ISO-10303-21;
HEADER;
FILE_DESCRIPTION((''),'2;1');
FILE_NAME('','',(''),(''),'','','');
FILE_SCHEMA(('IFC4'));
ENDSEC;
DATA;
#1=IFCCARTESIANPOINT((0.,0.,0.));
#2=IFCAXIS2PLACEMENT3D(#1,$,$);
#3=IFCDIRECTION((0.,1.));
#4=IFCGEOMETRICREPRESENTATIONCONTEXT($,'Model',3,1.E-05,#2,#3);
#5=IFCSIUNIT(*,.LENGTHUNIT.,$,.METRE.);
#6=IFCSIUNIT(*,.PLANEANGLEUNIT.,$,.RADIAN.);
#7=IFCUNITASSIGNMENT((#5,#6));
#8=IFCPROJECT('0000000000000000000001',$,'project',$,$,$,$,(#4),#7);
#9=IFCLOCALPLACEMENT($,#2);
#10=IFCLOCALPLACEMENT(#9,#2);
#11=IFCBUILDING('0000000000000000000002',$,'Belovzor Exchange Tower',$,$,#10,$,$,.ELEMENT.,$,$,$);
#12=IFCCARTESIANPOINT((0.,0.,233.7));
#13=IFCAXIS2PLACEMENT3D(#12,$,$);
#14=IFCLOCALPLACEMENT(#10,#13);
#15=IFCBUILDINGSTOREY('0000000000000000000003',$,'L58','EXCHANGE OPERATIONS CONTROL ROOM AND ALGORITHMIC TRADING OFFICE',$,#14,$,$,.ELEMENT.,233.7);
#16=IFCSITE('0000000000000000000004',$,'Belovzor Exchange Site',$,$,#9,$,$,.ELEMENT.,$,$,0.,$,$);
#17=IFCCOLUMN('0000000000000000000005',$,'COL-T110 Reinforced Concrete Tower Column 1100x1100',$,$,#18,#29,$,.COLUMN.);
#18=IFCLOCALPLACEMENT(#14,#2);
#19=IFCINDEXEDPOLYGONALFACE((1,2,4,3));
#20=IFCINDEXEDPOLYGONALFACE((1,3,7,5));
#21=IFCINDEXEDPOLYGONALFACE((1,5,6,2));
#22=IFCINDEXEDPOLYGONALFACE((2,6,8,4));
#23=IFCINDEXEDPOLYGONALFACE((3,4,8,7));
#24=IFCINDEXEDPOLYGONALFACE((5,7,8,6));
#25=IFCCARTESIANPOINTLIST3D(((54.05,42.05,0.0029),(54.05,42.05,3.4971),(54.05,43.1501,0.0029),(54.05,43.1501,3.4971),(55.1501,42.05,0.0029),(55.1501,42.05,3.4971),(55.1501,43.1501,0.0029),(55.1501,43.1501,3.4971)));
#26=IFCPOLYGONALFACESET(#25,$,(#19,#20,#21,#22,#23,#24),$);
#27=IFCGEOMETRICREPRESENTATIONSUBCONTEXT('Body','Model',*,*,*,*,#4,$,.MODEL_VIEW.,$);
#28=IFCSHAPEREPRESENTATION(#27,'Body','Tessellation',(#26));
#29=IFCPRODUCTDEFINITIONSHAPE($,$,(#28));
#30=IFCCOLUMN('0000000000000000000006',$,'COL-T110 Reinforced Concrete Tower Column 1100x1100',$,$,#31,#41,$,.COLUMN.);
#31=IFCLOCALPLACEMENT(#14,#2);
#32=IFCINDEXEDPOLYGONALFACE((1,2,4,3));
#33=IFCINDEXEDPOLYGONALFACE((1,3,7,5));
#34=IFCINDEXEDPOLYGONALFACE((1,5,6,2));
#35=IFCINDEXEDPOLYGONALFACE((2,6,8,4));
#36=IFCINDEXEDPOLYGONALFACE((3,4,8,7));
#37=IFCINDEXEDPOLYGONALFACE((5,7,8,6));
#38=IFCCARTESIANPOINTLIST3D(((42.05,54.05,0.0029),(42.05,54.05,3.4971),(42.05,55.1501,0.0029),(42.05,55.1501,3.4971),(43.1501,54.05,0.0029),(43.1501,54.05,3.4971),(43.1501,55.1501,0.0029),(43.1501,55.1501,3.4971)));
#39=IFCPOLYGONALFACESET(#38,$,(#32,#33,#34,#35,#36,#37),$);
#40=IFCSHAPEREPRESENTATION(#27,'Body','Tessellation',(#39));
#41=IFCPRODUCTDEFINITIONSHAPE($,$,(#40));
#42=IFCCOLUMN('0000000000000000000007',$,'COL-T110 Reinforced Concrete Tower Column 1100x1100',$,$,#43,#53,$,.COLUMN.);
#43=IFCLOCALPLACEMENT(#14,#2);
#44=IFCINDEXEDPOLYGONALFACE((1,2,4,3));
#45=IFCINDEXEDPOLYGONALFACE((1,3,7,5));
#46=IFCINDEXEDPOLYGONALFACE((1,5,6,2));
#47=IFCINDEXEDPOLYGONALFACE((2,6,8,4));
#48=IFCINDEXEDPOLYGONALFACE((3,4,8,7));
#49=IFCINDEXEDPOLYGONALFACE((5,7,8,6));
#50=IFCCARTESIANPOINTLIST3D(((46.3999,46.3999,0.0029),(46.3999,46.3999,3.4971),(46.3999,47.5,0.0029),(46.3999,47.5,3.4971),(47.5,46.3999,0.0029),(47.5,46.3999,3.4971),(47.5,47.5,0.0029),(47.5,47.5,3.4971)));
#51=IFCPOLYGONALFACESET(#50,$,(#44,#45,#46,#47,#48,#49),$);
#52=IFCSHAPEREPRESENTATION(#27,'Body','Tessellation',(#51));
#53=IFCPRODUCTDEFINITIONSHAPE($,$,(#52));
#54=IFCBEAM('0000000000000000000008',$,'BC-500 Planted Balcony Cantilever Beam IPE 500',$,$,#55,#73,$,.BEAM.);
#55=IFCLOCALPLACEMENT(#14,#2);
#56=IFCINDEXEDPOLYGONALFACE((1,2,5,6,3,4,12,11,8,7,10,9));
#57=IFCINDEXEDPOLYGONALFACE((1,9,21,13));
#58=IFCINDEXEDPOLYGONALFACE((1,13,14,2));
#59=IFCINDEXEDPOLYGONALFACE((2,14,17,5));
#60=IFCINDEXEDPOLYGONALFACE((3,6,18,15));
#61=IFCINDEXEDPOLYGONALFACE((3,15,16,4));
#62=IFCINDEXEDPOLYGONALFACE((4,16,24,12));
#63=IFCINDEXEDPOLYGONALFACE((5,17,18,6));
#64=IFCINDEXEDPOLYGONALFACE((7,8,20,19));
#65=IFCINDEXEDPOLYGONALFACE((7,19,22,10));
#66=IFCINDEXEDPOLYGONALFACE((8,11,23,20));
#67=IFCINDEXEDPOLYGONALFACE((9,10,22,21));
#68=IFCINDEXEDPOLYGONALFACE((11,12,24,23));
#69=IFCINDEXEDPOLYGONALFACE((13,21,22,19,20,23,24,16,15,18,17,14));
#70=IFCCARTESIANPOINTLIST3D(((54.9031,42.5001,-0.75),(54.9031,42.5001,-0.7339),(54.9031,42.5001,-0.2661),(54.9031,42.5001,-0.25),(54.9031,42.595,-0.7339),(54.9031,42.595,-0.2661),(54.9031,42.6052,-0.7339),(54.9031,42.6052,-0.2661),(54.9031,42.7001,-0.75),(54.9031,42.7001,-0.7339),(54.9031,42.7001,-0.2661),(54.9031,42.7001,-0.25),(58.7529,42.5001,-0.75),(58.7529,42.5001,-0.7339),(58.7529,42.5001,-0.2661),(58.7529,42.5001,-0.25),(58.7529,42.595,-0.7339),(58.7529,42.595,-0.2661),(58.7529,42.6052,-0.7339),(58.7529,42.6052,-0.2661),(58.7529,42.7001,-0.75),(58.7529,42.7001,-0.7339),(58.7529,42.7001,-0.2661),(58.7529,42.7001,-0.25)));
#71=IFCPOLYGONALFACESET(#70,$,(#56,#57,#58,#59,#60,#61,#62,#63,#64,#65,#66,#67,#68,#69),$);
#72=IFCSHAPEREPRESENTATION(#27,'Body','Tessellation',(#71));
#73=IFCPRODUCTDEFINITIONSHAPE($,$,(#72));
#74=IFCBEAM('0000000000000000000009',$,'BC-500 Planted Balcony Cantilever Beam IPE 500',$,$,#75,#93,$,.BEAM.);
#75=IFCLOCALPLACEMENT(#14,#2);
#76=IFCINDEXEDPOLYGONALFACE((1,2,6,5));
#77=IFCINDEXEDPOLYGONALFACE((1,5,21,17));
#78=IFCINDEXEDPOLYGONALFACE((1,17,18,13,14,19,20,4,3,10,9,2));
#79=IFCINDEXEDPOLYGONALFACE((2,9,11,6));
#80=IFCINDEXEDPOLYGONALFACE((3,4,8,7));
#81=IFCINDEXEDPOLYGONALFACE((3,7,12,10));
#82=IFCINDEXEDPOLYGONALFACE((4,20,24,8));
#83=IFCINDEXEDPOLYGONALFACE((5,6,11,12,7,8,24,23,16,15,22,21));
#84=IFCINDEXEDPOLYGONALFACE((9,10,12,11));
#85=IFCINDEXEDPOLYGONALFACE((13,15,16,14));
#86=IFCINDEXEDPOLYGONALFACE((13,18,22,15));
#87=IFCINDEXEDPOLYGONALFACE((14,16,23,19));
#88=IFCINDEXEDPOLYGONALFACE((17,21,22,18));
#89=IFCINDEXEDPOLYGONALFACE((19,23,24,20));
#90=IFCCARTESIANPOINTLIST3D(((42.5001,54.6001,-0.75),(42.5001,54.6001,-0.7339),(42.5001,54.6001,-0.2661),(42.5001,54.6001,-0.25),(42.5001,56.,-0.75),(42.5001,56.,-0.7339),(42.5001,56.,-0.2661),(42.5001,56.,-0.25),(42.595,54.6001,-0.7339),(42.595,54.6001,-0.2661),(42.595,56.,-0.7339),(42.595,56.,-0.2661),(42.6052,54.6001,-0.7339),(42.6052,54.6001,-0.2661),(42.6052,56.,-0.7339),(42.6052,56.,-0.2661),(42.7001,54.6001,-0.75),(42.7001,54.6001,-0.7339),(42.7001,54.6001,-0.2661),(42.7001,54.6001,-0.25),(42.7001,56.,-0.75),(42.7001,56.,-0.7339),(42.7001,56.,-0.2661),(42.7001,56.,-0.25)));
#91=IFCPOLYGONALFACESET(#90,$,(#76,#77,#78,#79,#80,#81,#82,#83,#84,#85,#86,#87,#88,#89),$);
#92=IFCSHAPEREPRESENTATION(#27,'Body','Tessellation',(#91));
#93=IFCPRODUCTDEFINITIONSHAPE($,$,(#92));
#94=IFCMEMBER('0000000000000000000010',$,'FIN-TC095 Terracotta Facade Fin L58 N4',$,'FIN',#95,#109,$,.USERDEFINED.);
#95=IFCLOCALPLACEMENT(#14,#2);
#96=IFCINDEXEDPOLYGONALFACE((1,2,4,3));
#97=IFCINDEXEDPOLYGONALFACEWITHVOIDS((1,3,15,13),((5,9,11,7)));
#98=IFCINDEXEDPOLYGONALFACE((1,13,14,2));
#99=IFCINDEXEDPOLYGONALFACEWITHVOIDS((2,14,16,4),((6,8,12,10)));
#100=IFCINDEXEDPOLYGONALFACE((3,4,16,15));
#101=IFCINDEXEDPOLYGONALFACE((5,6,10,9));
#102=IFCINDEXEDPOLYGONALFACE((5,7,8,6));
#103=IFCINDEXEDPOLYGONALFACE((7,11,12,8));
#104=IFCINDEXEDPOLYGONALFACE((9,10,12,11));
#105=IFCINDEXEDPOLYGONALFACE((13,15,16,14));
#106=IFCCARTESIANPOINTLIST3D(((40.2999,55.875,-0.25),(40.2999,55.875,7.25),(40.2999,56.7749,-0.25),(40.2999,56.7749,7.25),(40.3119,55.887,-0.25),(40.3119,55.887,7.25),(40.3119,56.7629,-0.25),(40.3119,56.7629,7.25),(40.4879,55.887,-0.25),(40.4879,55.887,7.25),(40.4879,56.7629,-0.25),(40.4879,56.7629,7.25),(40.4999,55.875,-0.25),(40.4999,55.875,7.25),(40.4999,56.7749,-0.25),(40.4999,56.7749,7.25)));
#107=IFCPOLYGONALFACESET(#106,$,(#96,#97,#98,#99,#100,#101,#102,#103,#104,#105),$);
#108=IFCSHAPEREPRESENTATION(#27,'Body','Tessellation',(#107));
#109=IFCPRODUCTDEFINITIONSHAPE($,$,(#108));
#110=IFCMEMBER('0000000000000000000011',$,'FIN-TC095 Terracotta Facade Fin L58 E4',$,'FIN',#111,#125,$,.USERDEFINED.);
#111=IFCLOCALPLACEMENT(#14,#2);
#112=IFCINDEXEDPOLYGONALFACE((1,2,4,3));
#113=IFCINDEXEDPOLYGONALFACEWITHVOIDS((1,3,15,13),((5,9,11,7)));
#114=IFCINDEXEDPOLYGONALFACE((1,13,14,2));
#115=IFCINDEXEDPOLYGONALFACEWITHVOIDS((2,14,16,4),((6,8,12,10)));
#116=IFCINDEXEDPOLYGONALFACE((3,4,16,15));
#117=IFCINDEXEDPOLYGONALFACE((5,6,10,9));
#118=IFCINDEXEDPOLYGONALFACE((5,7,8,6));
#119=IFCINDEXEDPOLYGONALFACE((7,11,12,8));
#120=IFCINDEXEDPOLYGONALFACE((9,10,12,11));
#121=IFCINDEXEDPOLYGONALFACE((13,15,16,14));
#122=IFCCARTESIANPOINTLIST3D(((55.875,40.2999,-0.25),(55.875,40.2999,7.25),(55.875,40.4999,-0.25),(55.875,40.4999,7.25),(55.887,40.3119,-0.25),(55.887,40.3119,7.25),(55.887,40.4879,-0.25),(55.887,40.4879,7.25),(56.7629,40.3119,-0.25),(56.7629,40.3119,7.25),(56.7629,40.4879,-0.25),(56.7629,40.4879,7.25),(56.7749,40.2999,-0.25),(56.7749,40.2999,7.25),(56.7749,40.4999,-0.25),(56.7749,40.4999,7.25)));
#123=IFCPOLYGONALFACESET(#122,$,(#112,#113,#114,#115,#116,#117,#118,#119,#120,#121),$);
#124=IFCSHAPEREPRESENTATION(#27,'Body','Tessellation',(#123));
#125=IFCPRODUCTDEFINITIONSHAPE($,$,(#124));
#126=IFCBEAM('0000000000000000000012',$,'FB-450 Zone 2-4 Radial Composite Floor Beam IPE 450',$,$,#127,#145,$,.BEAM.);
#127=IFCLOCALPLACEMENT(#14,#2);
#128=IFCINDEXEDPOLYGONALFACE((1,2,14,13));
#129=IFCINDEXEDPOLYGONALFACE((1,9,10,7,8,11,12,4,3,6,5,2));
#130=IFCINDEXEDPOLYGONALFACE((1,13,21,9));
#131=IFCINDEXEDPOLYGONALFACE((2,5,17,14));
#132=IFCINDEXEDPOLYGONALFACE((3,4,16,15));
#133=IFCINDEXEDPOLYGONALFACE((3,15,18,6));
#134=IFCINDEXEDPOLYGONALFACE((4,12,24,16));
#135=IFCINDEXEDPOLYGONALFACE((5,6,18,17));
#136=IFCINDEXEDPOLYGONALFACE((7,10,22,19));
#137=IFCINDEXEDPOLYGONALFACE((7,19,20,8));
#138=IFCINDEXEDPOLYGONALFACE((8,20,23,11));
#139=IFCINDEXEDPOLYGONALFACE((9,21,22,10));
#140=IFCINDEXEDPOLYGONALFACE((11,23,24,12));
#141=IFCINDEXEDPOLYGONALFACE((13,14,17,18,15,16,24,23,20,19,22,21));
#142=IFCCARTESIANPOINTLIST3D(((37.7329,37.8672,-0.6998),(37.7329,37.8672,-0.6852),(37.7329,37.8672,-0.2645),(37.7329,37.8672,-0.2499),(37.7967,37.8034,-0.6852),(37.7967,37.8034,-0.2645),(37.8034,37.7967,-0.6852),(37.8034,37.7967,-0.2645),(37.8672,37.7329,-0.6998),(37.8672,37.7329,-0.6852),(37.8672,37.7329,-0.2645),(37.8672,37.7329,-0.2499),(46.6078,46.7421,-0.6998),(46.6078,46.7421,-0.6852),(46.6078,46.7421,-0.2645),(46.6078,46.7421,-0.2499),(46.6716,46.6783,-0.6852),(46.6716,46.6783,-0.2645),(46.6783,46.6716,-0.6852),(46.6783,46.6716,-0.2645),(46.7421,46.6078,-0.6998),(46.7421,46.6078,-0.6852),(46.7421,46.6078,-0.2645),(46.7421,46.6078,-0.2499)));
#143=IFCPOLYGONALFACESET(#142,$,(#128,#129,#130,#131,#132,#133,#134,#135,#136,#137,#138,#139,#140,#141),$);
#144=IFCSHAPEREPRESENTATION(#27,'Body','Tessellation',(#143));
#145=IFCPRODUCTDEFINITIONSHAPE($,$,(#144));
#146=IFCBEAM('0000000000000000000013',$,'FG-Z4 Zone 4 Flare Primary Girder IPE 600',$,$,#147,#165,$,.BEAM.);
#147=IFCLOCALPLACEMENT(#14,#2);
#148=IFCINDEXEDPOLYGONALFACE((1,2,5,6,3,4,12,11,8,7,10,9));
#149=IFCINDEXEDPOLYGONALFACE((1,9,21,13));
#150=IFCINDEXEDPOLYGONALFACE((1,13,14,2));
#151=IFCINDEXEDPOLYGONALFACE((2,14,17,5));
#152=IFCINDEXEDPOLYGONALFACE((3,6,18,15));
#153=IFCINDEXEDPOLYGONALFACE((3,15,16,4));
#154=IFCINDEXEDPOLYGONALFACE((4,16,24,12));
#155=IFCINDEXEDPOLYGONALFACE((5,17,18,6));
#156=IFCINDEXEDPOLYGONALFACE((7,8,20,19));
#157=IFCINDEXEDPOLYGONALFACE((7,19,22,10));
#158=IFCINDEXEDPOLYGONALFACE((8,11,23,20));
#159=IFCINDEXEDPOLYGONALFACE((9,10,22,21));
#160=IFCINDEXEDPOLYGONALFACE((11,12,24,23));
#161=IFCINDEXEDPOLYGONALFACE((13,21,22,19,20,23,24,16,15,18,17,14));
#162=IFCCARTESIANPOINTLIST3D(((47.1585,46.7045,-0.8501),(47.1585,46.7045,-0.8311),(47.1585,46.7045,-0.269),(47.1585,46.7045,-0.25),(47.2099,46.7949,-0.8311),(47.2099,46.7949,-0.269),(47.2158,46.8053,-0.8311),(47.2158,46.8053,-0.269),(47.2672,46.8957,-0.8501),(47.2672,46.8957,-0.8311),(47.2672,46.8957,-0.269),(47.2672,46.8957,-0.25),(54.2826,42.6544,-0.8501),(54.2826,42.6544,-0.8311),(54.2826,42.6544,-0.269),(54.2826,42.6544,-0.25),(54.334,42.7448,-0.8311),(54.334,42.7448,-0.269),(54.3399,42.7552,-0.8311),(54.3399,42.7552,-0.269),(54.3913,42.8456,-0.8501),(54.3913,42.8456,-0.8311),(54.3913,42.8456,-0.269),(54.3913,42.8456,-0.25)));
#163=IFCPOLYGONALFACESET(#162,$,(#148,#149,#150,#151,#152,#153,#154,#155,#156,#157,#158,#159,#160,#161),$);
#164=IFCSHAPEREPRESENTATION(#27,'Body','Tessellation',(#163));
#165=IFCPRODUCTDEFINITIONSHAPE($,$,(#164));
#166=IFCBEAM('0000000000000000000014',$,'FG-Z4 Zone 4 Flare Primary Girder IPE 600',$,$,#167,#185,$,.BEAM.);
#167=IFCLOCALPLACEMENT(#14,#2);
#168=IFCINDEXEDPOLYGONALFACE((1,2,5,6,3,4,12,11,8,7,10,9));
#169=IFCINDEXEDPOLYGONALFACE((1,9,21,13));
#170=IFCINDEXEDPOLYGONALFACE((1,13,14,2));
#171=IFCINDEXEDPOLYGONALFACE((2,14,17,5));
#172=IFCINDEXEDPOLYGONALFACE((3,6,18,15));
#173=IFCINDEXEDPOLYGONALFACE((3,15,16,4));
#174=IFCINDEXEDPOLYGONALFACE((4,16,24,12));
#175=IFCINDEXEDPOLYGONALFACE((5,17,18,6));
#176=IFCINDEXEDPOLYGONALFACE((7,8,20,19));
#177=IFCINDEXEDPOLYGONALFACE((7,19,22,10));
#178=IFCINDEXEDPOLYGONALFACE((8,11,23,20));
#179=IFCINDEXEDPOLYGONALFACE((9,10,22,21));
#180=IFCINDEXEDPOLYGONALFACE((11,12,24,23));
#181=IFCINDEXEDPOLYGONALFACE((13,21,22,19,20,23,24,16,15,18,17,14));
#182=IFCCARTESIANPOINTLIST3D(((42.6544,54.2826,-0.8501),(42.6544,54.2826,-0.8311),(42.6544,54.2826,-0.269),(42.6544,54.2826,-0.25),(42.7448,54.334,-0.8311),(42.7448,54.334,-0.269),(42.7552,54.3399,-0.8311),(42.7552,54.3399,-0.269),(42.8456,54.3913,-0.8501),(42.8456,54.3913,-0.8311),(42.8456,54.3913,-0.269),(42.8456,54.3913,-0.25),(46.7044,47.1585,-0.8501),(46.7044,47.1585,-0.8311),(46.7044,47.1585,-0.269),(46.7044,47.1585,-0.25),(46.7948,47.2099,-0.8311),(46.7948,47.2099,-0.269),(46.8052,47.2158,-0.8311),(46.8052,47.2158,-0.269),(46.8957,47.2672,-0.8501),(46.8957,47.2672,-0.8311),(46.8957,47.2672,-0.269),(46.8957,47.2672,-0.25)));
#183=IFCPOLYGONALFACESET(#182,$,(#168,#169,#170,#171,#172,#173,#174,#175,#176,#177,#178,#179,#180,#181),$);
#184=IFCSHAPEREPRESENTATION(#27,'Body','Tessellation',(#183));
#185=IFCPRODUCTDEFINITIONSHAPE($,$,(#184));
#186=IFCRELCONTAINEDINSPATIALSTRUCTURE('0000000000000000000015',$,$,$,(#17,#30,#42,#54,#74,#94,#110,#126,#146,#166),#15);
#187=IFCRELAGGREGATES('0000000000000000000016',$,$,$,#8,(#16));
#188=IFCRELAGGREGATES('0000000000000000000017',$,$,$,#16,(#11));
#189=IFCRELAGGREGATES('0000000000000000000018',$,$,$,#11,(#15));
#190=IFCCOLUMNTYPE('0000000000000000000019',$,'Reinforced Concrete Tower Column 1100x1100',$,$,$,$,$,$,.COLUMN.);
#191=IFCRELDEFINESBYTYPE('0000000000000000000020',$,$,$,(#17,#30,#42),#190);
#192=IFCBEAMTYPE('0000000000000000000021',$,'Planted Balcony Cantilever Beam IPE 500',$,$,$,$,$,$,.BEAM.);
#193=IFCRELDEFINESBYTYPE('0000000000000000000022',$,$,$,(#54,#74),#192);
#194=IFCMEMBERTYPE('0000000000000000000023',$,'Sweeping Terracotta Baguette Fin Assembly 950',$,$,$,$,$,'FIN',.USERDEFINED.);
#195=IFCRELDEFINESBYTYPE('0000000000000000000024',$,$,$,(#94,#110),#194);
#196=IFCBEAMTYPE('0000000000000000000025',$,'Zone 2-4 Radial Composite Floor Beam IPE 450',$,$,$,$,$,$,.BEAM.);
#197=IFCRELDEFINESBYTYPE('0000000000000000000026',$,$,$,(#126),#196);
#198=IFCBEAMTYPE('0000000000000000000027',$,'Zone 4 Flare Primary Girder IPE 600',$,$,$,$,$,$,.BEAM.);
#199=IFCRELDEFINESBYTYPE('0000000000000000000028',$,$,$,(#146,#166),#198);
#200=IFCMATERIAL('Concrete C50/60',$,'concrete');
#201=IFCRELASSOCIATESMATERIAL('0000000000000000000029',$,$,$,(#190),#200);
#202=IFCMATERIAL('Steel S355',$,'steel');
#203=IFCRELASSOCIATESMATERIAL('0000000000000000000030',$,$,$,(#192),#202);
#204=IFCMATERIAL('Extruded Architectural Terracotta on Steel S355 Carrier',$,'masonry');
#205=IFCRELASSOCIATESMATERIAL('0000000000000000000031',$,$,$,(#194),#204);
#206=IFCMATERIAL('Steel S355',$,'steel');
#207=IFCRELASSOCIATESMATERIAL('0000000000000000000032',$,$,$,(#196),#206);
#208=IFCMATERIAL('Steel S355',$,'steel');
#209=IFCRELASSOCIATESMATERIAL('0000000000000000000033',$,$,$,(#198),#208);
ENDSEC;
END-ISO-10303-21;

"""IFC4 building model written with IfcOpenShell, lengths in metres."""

from ifc_helpers import new_model, si_unit, direction, frame, origin, origin_2d, place, context, subcontext, project, spatial, rectangle, hollow_rectangle, i_section, extrude, material, material_profile, profile_set, type_object, element, save


model = new_model("IFC4")

# Units and contexts
model_context = context("Model", 3, precision=1e-05, world=origin(), true_north=direction((0.0, 1.0)))
body_context = subcontext(model_context, "Body", "Model", "MODEL_VIEW")
ifc_project = project(units=[si_unit("LENGTHUNIT", "METRE"), si_unit("PLANEANGLEUNIT", "RADIAN")], contexts=[model_context])

# Site, building, storey
site_placement = place(None, origin())
site = spatial("IfcSite", under=ifc_project, at=site_placement, Name="Belovzor Exchange Site", CompositionType="ELEMENT", RefElevation=0.0)
building_placement = place(site_placement, origin())
building = spatial("IfcBuilding", under=site, at=building_placement, Name="Belovzor Exchange Tower", CompositionType="ELEMENT")
storey_placement = place(building_placement, frame((0.0, 0.0, 233.7)))
storey = spatial("IfcBuildingStorey", under=building, at=storey_placement, Name="L58", Description="EXCHANGE OPERATIONS CONTROL ROOM AND ALGORITHMIC TRADING OFFICE", CompositionType="ELEMENT", Elevation=233.7)

# Columns
ifc_material_1 = material(Name="Concrete C50/60", Category="concrete")
ifc_material_profile_1 = material_profile(ifc_material_1, rectangle(XDim=1.1001, YDim=1.1001, at=origin_2d()))
ifc_profile_set_1 = profile_set([ifc_material_profile_1], Name="Concrete C50/60")
column_type = type_object("IfcColumnType", Name="Reinforced Concrete Tower Column 1100x1100", PredefinedType="COLUMN", material=ifc_profile_set_1)
for number, where, z_axis, x_axis, name in (
    (1, (54.6001, 42.6001, 0.0029), (0.0, 0.0, 1.0), (1.0, 0.0, 0.0), "COL-T110 Reinforced Concrete Tower Column 1100x1100"),
    (2, (42.6001, 54.6001, 0.0029), (0.0, 0.0, 1.0), (1.0, 0.0, 0.0), "COL-T110 Reinforced Concrete Tower Column 1100x1100"),
    (3, (46.95, 46.95, 0.0029), (0.0, 0.0, 1.0), (1.0, 0.0, 0.0), "COL-T110 Reinforced Concrete Tower Column 1100x1100"),
):
    element("IfcColumn", number, at=place(storey_placement, frame(where, z_axis=z_axis, x_axis=x_axis)), inside=storey, type_object=column_type, Name=name, PredefinedType="COLUMN", context=body_context, shape_type="SweptSolid", body=[
        extrude(rectangle(XDim=1.1001, YDim=1.1001, at=origin_2d()), origin(), (0.0, 0.0, 1.0), 3.4941),
    ])

# Beams
ifc_material_2 = material(Name="Steel S355", Category="steel")
ifc_material_profile_2 = material_profile(ifc_material_2, i_section(OverallWidth=0.2, OverallDepth=0.5, WebThickness=0.0103, FlangeThickness=0.0161, at=origin_2d()))
ifc_profile_set_2 = profile_set([ifc_material_profile_2], Name="Steel S355")
beam_type_1 = type_object("IfcBeamType", Name="Planted Balcony Cantilever Beam IPE 500", PredefinedType="BEAM", material=ifc_profile_set_2)
beam_1_placement = place(storey_placement, frame((54.9031, 42.6001, -0.5), z_axis=(1.0, 0.0, 0.0), x_axis=(0.0, 1.0, 0.0)))
element("IfcBeam", 4, at=beam_1_placement, inside=storey, type_object=beam_type_1, Name="BC-500 Planted Balcony Cantilever Beam IPE 500", PredefinedType="BEAM", context=body_context, shape_type="SweptSolid", body=[
    extrude(i_section(OverallWidth=0.2, OverallDepth=0.5, WebThickness=0.0103, FlangeThickness=0.0161, at=origin_2d()), origin(), (0.0, 0.0, 1.0), 3.8499),
])
beam_2_placement = place(storey_placement, frame((42.6001, 54.6001, -0.5), z_axis=(0.0, 1.0, 0.0), x_axis=(-1.0, 0.0, 0.0)))
element("IfcBeam", 5, at=beam_2_placement, inside=storey, type_object=beam_type_1, Name="BC-500 Planted Balcony Cantilever Beam IPE 500", PredefinedType="BEAM", context=body_context, shape_type="SweptSolid", body=[
    extrude(i_section(OverallWidth=0.2, OverallDepth=0.5, WebThickness=0.0103, FlangeThickness=0.0161, at=origin_2d()), origin(), (0.0, 0.0, 1.0), 1.3999),
])

# Members
ifc_material_3 = material(Name="Extruded Architectural Terracotta on Steel S355 Carrier", Category="masonry")
ifc_material_profile_3 = material_profile(ifc_material_3, hollow_rectangle(XDim=0.2, YDim=0.8999, WallThickness=0.012, at=origin_2d()))
ifc_profile_set_3 = profile_set([ifc_material_profile_3], Name="Extruded Architectural Terracotta on Steel S355 Carrier")
member_type = type_object("IfcMemberType", Name="Sweeping Terracotta Baguette Fin Assembly 950", ElementType="FIN", PredefinedType="USERDEFINED", material=ifc_profile_set_3)
for number, where, z_axis, x_axis, name in (
    (6, (40.3999, 56.325, -0.25), (0.0, 0.0, 1.0), (1.0, 0.0, 0.0), "FIN-TC095 Terracotta Facade Fin L58 N4"),
    (7, (56.325, 40.3999, -0.25), (0.0, 0.0, 1.0), (0.0, 1.0, 0.0), "FIN-TC095 Terracotta Facade Fin L58 E4"),
):
    element("IfcMember", number, at=place(storey_placement, frame(where, z_axis=z_axis, x_axis=x_axis)), inside=storey, type_object=member_type, Name=name, ObjectType="FIN", PredefinedType="USERDEFINED", context=body_context, shape_type="SweptSolid", body=[
        extrude(hollow_rectangle(XDim=0.2, YDim=0.8999, WallThickness=0.012, at=origin_2d()), origin(), (0.0, 0.0, 1.0), 7.5),
    ])

# Beams
ifc_material_4 = material(Name="Steel S355", Category="steel")
ifc_material_profile_4 = material_profile(ifc_material_4, i_section(OverallWidth=0.1899, OverallDepth=0.45, WebThickness=0.0095, FlangeThickness=0.0146, at=origin_2d()))
ifc_profile_set_4 = profile_set([ifc_material_profile_4], Name="Steel S355")
beam_type_2 = type_object("IfcBeamType", Name="Zone 2-4 Radial Composite Floor Beam IPE 450", PredefinedType="BEAM", material=ifc_profile_set_4)
beam_3_placement = place(storey_placement, frame((37.8, 37.8, -0.4749), z_axis=(0.707107, 0.707107, 0.0), x_axis=(-0.707107, 0.707107, 0.0)))
element("IfcBeam", 8, at=beam_3_placement, inside=storey, type_object=beam_type_2, Name="FB-450 Zone 2-4 Radial Composite Floor Beam IPE 450", PredefinedType="BEAM", context=body_context, shape_type="SweptSolid", body=[
    extrude(i_section(OverallWidth=0.1899, OverallDepth=0.45, WebThickness=0.0095, FlangeThickness=0.0146, at=origin_2d()), origin(), (0.0, 0.0, 1.0), 12.551),
])
ifc_material_5 = material(Name="Steel S355", Category="steel")
ifc_material_profile_5 = material_profile(ifc_material_5, i_section(OverallWidth=0.22, OverallDepth=0.6001, WebThickness=0.012, FlangeThickness=0.019, at=origin_2d()))
ifc_profile_set_5 = profile_set([ifc_material_profile_5], Name="Steel S355")
beam_type_3 = type_object("IfcBeamType", Name="Zone 4 Flare Primary Girder IPE 600", PredefinedType="BEAM", material=ifc_profile_set_5)
for number, where, z_axis, x_axis, name in (
    (9, (54.3369, 42.75, -0.55), (-0.869336, 0.494222, 0.0), (-0.494222, -0.869336, 0.0), "FG-Z4 Zone 4 Flare Primary Girder IPE 600"),
    (10, (46.8, 47.2129, -0.55), (-0.494222, 0.869336, 0.0), (-0.869336, -0.494222, 0.0), "FG-Z4 Zone 4 Flare Primary Girder IPE 600"),
):
    element("IfcBeam", number, at=place(storey_placement, frame(where, z_axis=z_axis, x_axis=x_axis)), inside=storey, type_object=beam_type_3, Name=name, PredefinedType="BEAM", context=body_context, shape_type="SweptSolid", body=[
        extrude(i_section(OverallWidth=0.22, OverallDepth=0.6001, WebThickness=0.012, FlangeThickness=0.019, at=origin_2d()), origin(), (0.0, 0.0, 1.0), 8.1948),
    ])

save(model, "model.ifc")
